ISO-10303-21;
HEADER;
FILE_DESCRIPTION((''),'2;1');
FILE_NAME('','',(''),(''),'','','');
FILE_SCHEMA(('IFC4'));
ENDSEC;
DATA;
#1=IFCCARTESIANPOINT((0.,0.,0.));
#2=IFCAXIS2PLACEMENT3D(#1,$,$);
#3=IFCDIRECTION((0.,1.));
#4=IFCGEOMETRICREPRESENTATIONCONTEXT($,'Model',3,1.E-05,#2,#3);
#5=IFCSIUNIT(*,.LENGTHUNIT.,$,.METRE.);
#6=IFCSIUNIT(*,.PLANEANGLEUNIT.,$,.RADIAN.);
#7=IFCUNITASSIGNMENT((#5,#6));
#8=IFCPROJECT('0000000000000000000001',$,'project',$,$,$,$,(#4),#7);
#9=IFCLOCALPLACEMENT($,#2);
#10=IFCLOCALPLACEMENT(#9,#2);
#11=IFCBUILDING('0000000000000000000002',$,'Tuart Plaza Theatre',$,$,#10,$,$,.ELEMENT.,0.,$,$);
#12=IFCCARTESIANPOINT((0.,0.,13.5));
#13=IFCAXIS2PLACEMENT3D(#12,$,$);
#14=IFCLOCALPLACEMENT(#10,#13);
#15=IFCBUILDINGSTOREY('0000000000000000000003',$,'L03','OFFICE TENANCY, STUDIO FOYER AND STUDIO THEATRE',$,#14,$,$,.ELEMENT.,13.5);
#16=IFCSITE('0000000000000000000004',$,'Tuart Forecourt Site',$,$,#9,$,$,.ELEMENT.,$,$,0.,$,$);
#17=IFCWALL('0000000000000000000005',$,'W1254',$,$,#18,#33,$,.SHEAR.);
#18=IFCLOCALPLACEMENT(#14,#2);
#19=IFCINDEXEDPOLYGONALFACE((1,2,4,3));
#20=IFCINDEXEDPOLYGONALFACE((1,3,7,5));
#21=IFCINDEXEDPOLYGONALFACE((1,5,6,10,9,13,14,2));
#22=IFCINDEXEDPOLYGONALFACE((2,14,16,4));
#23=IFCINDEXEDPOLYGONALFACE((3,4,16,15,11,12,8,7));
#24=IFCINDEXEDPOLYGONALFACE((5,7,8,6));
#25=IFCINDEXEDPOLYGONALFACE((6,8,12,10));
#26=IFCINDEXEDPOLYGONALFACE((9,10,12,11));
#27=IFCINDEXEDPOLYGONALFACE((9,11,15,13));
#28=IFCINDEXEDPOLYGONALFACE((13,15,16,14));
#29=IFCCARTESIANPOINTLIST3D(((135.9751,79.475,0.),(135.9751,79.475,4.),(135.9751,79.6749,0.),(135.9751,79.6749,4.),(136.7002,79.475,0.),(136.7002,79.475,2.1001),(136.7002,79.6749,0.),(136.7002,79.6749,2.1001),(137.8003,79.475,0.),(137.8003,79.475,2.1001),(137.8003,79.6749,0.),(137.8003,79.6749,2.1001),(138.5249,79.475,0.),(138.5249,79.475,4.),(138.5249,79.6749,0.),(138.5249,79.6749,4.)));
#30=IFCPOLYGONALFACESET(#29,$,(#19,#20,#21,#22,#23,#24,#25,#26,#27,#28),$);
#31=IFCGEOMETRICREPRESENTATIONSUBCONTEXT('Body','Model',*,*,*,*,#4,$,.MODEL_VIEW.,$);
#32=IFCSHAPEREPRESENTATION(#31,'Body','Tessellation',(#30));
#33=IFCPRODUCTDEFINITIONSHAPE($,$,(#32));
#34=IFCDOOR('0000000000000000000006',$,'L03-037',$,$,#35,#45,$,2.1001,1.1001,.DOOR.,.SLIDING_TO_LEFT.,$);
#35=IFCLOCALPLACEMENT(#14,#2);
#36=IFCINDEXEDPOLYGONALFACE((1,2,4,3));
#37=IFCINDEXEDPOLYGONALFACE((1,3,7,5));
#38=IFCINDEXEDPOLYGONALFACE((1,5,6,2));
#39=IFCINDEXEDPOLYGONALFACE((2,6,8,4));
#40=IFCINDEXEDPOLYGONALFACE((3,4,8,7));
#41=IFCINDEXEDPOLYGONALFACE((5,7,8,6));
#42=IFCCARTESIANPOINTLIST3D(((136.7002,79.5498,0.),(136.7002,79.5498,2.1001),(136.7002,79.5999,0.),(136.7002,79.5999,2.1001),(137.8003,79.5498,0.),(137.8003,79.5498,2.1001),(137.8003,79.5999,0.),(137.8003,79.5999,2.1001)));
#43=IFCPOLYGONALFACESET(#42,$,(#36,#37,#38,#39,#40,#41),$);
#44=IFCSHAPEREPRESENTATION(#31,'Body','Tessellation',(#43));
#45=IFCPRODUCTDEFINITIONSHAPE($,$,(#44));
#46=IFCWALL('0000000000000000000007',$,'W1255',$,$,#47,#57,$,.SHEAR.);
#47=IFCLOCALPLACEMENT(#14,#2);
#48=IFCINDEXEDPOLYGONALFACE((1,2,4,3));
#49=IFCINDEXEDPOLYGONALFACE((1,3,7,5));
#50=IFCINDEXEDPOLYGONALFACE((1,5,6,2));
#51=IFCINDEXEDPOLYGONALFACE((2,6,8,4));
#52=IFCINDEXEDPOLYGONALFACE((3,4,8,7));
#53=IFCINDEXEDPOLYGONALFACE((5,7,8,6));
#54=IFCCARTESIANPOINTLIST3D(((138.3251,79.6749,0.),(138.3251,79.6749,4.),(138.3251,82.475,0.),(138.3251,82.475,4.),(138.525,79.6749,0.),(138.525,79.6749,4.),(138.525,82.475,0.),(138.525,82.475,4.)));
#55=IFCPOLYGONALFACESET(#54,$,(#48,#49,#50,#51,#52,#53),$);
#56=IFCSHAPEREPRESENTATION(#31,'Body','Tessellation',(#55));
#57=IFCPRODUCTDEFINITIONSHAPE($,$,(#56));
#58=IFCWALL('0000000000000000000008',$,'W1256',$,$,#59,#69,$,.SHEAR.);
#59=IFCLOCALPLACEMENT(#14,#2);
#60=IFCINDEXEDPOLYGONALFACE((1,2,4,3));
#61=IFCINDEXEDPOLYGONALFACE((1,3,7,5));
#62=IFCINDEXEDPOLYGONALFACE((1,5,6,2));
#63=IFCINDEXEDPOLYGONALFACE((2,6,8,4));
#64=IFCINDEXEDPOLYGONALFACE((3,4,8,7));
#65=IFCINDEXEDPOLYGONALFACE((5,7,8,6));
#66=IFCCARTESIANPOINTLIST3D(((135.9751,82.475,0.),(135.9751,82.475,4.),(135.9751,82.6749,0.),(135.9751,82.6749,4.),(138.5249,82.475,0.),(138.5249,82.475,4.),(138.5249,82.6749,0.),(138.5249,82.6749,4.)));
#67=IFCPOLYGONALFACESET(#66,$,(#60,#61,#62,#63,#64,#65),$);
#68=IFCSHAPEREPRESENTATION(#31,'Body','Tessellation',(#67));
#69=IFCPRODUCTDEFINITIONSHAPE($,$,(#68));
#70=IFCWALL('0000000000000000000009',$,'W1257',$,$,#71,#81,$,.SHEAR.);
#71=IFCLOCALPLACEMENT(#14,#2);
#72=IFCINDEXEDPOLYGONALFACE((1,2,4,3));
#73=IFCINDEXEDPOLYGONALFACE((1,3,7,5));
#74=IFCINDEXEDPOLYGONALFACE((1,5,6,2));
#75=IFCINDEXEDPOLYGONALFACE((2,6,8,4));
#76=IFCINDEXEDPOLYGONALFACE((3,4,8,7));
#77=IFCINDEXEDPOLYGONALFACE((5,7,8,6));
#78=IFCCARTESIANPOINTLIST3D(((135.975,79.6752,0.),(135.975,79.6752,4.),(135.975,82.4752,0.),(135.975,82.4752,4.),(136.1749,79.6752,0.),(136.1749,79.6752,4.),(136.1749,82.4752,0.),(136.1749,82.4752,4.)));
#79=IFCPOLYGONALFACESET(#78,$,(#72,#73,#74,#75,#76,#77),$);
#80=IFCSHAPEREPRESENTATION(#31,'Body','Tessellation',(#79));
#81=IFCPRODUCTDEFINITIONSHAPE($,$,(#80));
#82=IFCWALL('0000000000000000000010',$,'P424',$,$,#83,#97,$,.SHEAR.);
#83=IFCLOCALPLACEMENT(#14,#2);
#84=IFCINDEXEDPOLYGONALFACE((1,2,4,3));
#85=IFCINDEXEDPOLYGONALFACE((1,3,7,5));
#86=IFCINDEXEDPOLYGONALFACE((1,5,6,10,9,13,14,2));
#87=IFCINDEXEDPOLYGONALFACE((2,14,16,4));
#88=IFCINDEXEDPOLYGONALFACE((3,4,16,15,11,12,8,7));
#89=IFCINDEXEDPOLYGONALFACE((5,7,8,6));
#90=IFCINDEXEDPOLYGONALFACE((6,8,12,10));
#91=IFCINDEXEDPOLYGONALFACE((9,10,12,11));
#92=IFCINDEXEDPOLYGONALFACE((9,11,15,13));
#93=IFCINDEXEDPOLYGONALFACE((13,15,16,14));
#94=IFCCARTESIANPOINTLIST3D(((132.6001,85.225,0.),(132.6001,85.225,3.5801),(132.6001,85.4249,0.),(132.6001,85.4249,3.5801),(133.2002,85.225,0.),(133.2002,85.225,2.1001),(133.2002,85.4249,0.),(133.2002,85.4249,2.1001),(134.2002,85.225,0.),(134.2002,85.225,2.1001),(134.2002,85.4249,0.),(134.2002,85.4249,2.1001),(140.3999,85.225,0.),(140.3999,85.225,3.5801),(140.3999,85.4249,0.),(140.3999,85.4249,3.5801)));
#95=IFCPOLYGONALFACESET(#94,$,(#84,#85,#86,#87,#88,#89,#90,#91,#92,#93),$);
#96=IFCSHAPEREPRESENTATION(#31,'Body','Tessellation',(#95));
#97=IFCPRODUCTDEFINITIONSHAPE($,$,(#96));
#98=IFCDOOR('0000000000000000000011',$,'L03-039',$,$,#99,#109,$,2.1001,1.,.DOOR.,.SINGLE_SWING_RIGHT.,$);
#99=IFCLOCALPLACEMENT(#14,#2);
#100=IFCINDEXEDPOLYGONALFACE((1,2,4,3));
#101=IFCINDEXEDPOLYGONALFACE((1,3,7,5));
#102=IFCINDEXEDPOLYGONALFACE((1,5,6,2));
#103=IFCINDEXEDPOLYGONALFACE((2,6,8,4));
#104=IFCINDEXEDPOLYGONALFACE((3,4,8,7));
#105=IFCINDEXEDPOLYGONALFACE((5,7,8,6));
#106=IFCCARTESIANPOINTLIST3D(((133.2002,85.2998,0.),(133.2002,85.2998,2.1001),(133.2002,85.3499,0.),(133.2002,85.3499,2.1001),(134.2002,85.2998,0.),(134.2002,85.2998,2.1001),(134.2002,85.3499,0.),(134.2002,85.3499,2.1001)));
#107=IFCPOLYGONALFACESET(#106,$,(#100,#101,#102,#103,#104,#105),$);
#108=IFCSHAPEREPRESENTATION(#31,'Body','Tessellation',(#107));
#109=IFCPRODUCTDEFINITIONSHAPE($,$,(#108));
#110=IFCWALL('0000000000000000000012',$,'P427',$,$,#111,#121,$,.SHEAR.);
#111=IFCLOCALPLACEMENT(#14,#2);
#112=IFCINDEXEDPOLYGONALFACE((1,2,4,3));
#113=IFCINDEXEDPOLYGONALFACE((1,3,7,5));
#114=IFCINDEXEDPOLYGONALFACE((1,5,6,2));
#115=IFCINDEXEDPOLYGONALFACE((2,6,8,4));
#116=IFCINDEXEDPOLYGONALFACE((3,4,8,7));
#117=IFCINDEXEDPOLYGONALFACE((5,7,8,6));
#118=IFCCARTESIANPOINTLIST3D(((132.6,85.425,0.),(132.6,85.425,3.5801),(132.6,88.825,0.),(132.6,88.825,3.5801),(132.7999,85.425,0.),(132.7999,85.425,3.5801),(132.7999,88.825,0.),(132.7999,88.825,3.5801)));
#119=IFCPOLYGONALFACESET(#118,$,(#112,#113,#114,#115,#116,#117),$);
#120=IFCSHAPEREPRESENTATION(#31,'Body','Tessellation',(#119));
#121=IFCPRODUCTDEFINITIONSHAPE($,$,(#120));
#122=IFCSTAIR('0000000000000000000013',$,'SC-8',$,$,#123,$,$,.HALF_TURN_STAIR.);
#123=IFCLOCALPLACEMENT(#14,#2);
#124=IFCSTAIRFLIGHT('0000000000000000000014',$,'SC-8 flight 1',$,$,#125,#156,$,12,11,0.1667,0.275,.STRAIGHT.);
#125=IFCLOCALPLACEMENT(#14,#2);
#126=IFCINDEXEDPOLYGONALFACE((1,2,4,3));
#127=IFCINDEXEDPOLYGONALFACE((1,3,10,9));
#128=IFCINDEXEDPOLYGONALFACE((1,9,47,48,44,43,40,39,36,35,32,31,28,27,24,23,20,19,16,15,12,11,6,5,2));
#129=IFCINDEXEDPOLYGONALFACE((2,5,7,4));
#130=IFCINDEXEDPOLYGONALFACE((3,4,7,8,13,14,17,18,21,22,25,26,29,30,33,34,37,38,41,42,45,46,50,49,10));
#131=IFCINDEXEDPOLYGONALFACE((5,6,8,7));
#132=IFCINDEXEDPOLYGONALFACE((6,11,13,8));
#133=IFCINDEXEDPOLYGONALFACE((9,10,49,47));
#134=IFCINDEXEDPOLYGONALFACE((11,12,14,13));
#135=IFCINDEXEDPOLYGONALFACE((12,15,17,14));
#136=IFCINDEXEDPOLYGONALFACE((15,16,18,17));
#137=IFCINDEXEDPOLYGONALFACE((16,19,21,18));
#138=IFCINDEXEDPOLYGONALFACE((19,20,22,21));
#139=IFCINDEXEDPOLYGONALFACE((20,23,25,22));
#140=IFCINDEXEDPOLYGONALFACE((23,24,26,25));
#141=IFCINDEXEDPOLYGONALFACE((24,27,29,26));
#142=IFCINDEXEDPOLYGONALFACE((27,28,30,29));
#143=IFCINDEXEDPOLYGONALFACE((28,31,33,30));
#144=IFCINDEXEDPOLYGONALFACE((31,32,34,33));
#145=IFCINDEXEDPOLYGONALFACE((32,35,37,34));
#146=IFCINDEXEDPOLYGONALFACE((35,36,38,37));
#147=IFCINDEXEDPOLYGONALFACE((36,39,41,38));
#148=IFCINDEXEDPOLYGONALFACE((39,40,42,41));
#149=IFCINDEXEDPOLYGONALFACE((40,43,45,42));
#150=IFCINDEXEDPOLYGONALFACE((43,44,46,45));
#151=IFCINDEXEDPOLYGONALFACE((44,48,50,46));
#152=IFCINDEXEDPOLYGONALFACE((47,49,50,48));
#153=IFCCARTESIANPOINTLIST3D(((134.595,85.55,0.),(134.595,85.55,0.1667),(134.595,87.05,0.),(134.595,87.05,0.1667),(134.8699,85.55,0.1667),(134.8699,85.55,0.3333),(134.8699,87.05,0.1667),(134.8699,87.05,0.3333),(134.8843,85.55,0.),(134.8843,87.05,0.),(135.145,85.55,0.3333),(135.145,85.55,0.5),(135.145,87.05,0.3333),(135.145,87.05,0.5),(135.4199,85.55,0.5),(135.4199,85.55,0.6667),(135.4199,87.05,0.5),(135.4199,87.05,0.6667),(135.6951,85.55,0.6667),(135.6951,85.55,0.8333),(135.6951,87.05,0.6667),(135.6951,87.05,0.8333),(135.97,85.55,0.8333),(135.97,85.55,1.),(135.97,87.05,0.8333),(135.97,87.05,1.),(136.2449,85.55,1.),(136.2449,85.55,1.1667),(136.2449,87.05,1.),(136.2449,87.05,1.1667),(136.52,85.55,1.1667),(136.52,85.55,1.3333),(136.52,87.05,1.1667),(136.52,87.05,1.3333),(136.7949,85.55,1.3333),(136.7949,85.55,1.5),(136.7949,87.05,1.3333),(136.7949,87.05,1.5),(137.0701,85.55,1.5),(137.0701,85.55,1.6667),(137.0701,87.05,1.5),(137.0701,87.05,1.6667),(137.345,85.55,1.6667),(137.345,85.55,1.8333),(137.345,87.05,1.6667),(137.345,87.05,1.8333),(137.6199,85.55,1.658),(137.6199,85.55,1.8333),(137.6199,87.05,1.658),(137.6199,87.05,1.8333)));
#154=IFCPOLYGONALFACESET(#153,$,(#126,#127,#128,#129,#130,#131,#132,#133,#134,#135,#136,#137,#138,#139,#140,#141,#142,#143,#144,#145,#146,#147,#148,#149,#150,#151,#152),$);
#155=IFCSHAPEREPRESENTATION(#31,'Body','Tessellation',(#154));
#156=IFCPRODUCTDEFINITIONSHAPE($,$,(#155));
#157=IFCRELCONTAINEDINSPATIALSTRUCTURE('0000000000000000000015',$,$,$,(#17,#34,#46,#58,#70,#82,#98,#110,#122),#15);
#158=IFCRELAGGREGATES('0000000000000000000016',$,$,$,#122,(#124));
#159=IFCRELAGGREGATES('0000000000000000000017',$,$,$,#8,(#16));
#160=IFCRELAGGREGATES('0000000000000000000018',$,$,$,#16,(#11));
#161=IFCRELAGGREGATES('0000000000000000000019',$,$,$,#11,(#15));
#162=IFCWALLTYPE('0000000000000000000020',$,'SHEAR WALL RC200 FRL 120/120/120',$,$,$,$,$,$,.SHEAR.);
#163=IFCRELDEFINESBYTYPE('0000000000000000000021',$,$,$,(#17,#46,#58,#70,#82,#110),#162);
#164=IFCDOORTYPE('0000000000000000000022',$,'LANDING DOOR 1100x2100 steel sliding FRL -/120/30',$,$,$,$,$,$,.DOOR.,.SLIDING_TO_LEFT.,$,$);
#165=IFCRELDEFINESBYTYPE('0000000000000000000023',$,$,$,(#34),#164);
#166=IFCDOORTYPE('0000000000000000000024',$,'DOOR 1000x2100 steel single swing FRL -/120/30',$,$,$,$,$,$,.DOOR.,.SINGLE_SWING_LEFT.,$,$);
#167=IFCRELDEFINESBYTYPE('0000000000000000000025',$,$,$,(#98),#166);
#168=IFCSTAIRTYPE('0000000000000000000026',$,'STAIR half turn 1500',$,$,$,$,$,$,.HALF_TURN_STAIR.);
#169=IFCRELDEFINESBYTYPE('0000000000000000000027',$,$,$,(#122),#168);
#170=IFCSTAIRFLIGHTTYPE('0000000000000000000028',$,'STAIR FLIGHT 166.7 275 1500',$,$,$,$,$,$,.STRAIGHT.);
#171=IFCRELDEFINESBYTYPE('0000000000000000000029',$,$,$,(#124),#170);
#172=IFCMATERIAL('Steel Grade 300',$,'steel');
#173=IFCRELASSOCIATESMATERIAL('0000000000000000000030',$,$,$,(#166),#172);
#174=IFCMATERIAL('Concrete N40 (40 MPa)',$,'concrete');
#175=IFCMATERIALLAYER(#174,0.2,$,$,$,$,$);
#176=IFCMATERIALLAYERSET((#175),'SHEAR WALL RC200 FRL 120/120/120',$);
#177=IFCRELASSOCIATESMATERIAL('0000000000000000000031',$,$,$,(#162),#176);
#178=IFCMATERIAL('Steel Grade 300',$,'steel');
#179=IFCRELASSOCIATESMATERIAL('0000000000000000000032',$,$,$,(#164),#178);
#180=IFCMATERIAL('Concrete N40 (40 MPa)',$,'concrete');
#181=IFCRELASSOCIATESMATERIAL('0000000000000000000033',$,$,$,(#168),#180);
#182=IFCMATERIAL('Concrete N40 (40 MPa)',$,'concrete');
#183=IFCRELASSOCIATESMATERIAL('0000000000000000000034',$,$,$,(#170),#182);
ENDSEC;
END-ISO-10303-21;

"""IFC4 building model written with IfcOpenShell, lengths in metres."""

from ifc_helpers import new_model, si_unit, direction, frame, frame_2d, origin, place, context, subcontext, project, spatial, polyline, rectangle, outline, extrude, material, layer, layer_set, type_object, element, fill, aggregate, save


model = new_model("IFC4")

# Units and contexts
model_context = context("Model", 3, precision=1e-05, world=origin(), true_north=direction((0.0, 1.0)))
body_context = subcontext(model_context, "Body", "Model", "MODEL_VIEW")
ifc_project = project(units=[si_unit("LENGTHUNIT", "METRE"), si_unit("PLANEANGLEUNIT", "RADIAN")], contexts=[model_context])

# Site, building, storey
site_placement = place(None, origin())
site = spatial("IfcSite", under=ifc_project, at=site_placement, Name="Tuart Forecourt Site", CompositionType="ELEMENT", RefElevation=0.0)
building_placement = place(site_placement, origin())
building = spatial("IfcBuilding", under=site, at=building_placement, Name="Tuart Plaza Theatre", CompositionType="ELEMENT", ElevationOfRefHeight=0.0)
storey_placement = place(building_placement, frame((0.0, 0.0, 13.5)))
storey = spatial("IfcBuildingStorey", under=building, at=storey_placement, Name="L03", Description="OFFICE TENANCY, STUDIO FOYER AND STUDIO THEATRE", CompositionType="ELEMENT", Elevation=13.5)

# Shared definitions
ifc_material_1 = material(Name="Steel Grade 300", Category="steel")
door_type_1 = type_object("IfcDoorType", Name="DOOR 1000x2100 steel single swing FRL -/120/30", OperationType="SINGLE_SWING_LEFT", PredefinedType="DOOR", material=ifc_material_1)

# Shared definitions
ifc_material_2 = material(Name="Concrete N40 (40 MPa)", Category="concrete")
ifc_layer_1 = layer(ifc_material_2, 0.2)
ifc_layer_set_1 = layer_set([ifc_layer_1], Name="SHEAR WALL RC200 FRL 120/120/120")
wall_type_1 = type_object("IfcWallType", Name="SHEAR WALL RC200 FRL 120/120/120", PredefinedType="SHEAR", material=ifc_layer_set_1)

# Shared definitions
ifc_material_3 = material(Name="Steel Grade 300", Category="steel")
door_type_2 = type_object("IfcDoorType", Name="LANDING DOOR 1100x2100 steel sliding FRL -/120/30", OperationType="SLIDING_TO_LEFT", PredefinedType="DOOR", material=ifc_material_3)

# Wall, opening, door
wall_1_placement = place(storey_placement, frame((135.9751, 79.575, 0.0), z_axis=(0.0, 0.0, 1.0), x_axis=(1.0, 0.0, 0.0)))
wall_1 = element("IfcWall", 1, at=wall_1_placement, inside=storey, type_object=wall_type_1, Name="W1254", PredefinedType="SHEAR", context=body_context, shape_type="SweptSolid", body=[
    extrude(rectangle(XDim=2.5498, YDim=0.2, at=frame_2d((1.2749, 0.0))), origin(), (0.0, 0.0, 1.0), 4.0),
])
opening_1_placement = place(wall_1_placement, frame((0.7251, 0.0, 0.0)))
opening_1 = element("IfcOpeningElement", 2, at=opening_1_placement, cuts=wall_1, PredefinedType="OPENING", context=body_context, shape_type="SweptSolid", body=[
    extrude(rectangle(XDim=1.1001, YDim=2.1001, at=frame_2d((0.55, 1.05))), frame((0.0, 0.1099, 0.0), z_axis=(0.0, -1.0, 0.0), x_axis=(1.0, 0.0, 0.0)), (0.0, 0.0, 1.0), 0.22),
])
door_1_placement = place(opening_1_placement, origin())
door_1 = element("IfcDoor", 3, at=door_1_placement, inside=storey, type_object=door_type_2, Name="L03-037", OperationType="SLIDING_TO_LEFT", OverallHeight=2.1001, OverallWidth=1.1001, PredefinedType="DOOR", context=body_context, shape_type="SweptSolid", body=[
    extrude(rectangle(XDim=1.1001, YDim=2.1001, at=frame_2d((0.55, 1.05))), frame((0.0, 0.0249, 0.0), z_axis=(0.0, -1.0, 0.0), x_axis=(1.0, 0.0, 0.0)), (0.0, 0.0, 1.0), 0.05),
])
fill(opening_1, door_1)

# Walls
wall_2_placement = place(storey_placement, frame((138.425, 79.675, 0.0), z_axis=(0.0, 0.0, 1.0), x_axis=(0.0, 1.0, 0.0)))
element("IfcWall", 4, at=wall_2_placement, inside=storey, type_object=wall_type_1, Name="W1255", PredefinedType="SHEAR", context=body_context, shape_type="SweptSolid", body=[
    extrude(rectangle(XDim=2.8, YDim=0.2, at=frame_2d((1.3999, 0.0))), origin(), (0.0, 0.0, 1.0), 4.0),
])
wall_3_placement = place(storey_placement, frame((138.5249, 82.575, 0.0), z_axis=(0.0, 0.0, 1.0), x_axis=(-1.0, 0.0, 0.0)))
element("IfcWall", 5, at=wall_3_placement, inside=storey, type_object=wall_type_1, Name="W1256", PredefinedType="SHEAR", context=body_context, shape_type="SweptSolid", body=[
    extrude(rectangle(XDim=2.5498, YDim=0.2, at=frame_2d((1.2749, 0.0))), origin(), (0.0, 0.0, 1.0), 4.0),
])
wall_4_placement = place(storey_placement, frame((136.075, 82.4751, 0.0), z_axis=(0.0, 0.0, 1.0), x_axis=(0.0, -1.0, 0.0)))
element("IfcWall", 6, at=wall_4_placement, inside=storey, type_object=wall_type_1, Name="W1257", PredefinedType="SHEAR", context=body_context, shape_type="SweptSolid", body=[
    extrude(rectangle(XDim=2.8, YDim=0.2, at=frame_2d((1.3999, 0.0))), origin(), (0.0, 0.0, 1.0), 4.0),
])

# Wall, opening, door
wall_5_placement = place(storey_placement, frame((132.6001, 85.325, 0.0), z_axis=(0.0, 0.0, 1.0), x_axis=(1.0, 0.0, 0.0)))
wall_5 = element("IfcWall", 7, at=wall_5_placement, inside=storey, type_object=wall_type_1, Name="P424", PredefinedType="SHEAR", context=body_context, shape_type="SweptSolid", body=[
    extrude(rectangle(XDim=7.7998, YDim=0.2, at=frame_2d((3.8999, 0.0))), origin(), (0.0, 0.0, 1.0), 3.5801),
])
opening_2_placement = place(wall_5_placement, frame((0.6001, 0.0, 0.0)))
opening_2 = element("IfcOpeningElement", 8, at=opening_2_placement, cuts=wall_5, PredefinedType="OPENING", context=body_context, shape_type="SweptSolid", body=[
    extrude(rectangle(XDim=1.0, YDim=2.1001, at=frame_2d((0.5, 1.05))), frame((0.0, 0.1099, 0.0), z_axis=(0.0, -1.0, 0.0), x_axis=(1.0, 0.0, 0.0)), (0.0, 0.0, 1.0), 0.22),
])
door_2_placement = place(opening_2_placement, origin())
door_2 = element("IfcDoor", 9, at=door_2_placement, inside=storey, type_object=door_type_1, Name="L03-039", OperationType="SINGLE_SWING_RIGHT", OverallHeight=2.1001, OverallWidth=1.0, PredefinedType="DOOR", context=body_context, shape_type="SweptSolid", body=[
    extrude(rectangle(XDim=1.0, YDim=2.1001, at=frame_2d((0.5, 1.05))), frame((0.0, 0.0249, 0.0), z_axis=(0.0, -1.0, 0.0), x_axis=(1.0, 0.0, 0.0)), (0.0, 0.0, 1.0), 0.05),
])
fill(opening_2, door_2)

# Wall
wall_6_placement = place(storey_placement, frame((132.7, 88.825, 0.0), z_axis=(0.0, 0.0, 1.0), x_axis=(0.0, -1.0, 0.0)))
element("IfcWall", 10, at=wall_6_placement, inside=storey, type_object=wall_type_1, Name="P427", PredefinedType="SHEAR", context=body_context, shape_type="SweptSolid", body=[
    extrude(rectangle(XDim=3.3999, YDim=0.2, at=frame_2d((1.7, 0.0))), origin(), (0.0, 0.0, 1.0), 3.5801),
])

# Stair, stair flight
ifc_material_4 = material(Name="Concrete N40 (40 MPa)", Category="concrete")
stair_type = type_object("IfcStairType", Name="STAIR half turn 1500", PredefinedType="HALF_TURN_STAIR", material=ifc_material_4)
stair_placement = place(storey_placement, origin())
stair = element("IfcStair", 11, at=stair_placement, inside=storey, type_object=stair_type, Name="SC-8", PredefinedType="HALF_TURN_STAIR")
ifc_material_5 = material(Name="Concrete N40 (40 MPa)", Category="concrete")
stair_flight_type = type_object("IfcStairFlightType", Name="STAIR FLIGHT 166.7 275 1500", PredefinedType="STRAIGHT", material=ifc_material_5)
stair_flight_placement = place(storey_placement, frame((134.595, 86.3, 0.0), z_axis=(0.0, 0.0, 1.0), x_axis=(1.0, 0.0, 0.0)))
stair_flight = element("IfcStairFlight", 12, at=stair_flight_placement, type_object=stair_flight_type, Name="SC-8 flight 1", NumberOfRisers=12, NumberOfTreads=11, PredefinedType="STRAIGHT", RiserHeight=0.1667, TreadLength=0.275, context=body_context, shape_type="SweptSolid", body=[
    extrude(outline(polyline([(0.0, 0.0), (0.0, 0.1667), (0.2749, 0.1667), (0.2749, 0.3333), (0.55, 0.3333), (0.55, 0.5), (0.825, 0.5), (0.825, 0.6667), (1.1001, 0.6667), (1.1001, 0.8333), (1.375, 0.8333), (1.375, 1.0), (1.6499, 1.0), (1.6499, 1.1667), (1.925, 1.1667), (1.925, 1.3333), (2.2, 1.3333), (2.2, 1.5), (2.4751, 1.5), (2.4751, 1.6667), (2.75, 1.6667), (2.75, 1.8333), (3.0249, 1.8333), (3.0249, 2.0), (3.0249, 1.658), (0.2893, 0.0), (0.0, 0.0)])), frame((0.0, 0.75, 0.0), z_axis=(0.0, -1.0, 0.0), x_axis=(1.0, 0.0, 0.0)), (0.0, 0.0, 1.0), 1.5),
])
aggregate(stair, [stair_flight])

save(model, "model.ifc")
